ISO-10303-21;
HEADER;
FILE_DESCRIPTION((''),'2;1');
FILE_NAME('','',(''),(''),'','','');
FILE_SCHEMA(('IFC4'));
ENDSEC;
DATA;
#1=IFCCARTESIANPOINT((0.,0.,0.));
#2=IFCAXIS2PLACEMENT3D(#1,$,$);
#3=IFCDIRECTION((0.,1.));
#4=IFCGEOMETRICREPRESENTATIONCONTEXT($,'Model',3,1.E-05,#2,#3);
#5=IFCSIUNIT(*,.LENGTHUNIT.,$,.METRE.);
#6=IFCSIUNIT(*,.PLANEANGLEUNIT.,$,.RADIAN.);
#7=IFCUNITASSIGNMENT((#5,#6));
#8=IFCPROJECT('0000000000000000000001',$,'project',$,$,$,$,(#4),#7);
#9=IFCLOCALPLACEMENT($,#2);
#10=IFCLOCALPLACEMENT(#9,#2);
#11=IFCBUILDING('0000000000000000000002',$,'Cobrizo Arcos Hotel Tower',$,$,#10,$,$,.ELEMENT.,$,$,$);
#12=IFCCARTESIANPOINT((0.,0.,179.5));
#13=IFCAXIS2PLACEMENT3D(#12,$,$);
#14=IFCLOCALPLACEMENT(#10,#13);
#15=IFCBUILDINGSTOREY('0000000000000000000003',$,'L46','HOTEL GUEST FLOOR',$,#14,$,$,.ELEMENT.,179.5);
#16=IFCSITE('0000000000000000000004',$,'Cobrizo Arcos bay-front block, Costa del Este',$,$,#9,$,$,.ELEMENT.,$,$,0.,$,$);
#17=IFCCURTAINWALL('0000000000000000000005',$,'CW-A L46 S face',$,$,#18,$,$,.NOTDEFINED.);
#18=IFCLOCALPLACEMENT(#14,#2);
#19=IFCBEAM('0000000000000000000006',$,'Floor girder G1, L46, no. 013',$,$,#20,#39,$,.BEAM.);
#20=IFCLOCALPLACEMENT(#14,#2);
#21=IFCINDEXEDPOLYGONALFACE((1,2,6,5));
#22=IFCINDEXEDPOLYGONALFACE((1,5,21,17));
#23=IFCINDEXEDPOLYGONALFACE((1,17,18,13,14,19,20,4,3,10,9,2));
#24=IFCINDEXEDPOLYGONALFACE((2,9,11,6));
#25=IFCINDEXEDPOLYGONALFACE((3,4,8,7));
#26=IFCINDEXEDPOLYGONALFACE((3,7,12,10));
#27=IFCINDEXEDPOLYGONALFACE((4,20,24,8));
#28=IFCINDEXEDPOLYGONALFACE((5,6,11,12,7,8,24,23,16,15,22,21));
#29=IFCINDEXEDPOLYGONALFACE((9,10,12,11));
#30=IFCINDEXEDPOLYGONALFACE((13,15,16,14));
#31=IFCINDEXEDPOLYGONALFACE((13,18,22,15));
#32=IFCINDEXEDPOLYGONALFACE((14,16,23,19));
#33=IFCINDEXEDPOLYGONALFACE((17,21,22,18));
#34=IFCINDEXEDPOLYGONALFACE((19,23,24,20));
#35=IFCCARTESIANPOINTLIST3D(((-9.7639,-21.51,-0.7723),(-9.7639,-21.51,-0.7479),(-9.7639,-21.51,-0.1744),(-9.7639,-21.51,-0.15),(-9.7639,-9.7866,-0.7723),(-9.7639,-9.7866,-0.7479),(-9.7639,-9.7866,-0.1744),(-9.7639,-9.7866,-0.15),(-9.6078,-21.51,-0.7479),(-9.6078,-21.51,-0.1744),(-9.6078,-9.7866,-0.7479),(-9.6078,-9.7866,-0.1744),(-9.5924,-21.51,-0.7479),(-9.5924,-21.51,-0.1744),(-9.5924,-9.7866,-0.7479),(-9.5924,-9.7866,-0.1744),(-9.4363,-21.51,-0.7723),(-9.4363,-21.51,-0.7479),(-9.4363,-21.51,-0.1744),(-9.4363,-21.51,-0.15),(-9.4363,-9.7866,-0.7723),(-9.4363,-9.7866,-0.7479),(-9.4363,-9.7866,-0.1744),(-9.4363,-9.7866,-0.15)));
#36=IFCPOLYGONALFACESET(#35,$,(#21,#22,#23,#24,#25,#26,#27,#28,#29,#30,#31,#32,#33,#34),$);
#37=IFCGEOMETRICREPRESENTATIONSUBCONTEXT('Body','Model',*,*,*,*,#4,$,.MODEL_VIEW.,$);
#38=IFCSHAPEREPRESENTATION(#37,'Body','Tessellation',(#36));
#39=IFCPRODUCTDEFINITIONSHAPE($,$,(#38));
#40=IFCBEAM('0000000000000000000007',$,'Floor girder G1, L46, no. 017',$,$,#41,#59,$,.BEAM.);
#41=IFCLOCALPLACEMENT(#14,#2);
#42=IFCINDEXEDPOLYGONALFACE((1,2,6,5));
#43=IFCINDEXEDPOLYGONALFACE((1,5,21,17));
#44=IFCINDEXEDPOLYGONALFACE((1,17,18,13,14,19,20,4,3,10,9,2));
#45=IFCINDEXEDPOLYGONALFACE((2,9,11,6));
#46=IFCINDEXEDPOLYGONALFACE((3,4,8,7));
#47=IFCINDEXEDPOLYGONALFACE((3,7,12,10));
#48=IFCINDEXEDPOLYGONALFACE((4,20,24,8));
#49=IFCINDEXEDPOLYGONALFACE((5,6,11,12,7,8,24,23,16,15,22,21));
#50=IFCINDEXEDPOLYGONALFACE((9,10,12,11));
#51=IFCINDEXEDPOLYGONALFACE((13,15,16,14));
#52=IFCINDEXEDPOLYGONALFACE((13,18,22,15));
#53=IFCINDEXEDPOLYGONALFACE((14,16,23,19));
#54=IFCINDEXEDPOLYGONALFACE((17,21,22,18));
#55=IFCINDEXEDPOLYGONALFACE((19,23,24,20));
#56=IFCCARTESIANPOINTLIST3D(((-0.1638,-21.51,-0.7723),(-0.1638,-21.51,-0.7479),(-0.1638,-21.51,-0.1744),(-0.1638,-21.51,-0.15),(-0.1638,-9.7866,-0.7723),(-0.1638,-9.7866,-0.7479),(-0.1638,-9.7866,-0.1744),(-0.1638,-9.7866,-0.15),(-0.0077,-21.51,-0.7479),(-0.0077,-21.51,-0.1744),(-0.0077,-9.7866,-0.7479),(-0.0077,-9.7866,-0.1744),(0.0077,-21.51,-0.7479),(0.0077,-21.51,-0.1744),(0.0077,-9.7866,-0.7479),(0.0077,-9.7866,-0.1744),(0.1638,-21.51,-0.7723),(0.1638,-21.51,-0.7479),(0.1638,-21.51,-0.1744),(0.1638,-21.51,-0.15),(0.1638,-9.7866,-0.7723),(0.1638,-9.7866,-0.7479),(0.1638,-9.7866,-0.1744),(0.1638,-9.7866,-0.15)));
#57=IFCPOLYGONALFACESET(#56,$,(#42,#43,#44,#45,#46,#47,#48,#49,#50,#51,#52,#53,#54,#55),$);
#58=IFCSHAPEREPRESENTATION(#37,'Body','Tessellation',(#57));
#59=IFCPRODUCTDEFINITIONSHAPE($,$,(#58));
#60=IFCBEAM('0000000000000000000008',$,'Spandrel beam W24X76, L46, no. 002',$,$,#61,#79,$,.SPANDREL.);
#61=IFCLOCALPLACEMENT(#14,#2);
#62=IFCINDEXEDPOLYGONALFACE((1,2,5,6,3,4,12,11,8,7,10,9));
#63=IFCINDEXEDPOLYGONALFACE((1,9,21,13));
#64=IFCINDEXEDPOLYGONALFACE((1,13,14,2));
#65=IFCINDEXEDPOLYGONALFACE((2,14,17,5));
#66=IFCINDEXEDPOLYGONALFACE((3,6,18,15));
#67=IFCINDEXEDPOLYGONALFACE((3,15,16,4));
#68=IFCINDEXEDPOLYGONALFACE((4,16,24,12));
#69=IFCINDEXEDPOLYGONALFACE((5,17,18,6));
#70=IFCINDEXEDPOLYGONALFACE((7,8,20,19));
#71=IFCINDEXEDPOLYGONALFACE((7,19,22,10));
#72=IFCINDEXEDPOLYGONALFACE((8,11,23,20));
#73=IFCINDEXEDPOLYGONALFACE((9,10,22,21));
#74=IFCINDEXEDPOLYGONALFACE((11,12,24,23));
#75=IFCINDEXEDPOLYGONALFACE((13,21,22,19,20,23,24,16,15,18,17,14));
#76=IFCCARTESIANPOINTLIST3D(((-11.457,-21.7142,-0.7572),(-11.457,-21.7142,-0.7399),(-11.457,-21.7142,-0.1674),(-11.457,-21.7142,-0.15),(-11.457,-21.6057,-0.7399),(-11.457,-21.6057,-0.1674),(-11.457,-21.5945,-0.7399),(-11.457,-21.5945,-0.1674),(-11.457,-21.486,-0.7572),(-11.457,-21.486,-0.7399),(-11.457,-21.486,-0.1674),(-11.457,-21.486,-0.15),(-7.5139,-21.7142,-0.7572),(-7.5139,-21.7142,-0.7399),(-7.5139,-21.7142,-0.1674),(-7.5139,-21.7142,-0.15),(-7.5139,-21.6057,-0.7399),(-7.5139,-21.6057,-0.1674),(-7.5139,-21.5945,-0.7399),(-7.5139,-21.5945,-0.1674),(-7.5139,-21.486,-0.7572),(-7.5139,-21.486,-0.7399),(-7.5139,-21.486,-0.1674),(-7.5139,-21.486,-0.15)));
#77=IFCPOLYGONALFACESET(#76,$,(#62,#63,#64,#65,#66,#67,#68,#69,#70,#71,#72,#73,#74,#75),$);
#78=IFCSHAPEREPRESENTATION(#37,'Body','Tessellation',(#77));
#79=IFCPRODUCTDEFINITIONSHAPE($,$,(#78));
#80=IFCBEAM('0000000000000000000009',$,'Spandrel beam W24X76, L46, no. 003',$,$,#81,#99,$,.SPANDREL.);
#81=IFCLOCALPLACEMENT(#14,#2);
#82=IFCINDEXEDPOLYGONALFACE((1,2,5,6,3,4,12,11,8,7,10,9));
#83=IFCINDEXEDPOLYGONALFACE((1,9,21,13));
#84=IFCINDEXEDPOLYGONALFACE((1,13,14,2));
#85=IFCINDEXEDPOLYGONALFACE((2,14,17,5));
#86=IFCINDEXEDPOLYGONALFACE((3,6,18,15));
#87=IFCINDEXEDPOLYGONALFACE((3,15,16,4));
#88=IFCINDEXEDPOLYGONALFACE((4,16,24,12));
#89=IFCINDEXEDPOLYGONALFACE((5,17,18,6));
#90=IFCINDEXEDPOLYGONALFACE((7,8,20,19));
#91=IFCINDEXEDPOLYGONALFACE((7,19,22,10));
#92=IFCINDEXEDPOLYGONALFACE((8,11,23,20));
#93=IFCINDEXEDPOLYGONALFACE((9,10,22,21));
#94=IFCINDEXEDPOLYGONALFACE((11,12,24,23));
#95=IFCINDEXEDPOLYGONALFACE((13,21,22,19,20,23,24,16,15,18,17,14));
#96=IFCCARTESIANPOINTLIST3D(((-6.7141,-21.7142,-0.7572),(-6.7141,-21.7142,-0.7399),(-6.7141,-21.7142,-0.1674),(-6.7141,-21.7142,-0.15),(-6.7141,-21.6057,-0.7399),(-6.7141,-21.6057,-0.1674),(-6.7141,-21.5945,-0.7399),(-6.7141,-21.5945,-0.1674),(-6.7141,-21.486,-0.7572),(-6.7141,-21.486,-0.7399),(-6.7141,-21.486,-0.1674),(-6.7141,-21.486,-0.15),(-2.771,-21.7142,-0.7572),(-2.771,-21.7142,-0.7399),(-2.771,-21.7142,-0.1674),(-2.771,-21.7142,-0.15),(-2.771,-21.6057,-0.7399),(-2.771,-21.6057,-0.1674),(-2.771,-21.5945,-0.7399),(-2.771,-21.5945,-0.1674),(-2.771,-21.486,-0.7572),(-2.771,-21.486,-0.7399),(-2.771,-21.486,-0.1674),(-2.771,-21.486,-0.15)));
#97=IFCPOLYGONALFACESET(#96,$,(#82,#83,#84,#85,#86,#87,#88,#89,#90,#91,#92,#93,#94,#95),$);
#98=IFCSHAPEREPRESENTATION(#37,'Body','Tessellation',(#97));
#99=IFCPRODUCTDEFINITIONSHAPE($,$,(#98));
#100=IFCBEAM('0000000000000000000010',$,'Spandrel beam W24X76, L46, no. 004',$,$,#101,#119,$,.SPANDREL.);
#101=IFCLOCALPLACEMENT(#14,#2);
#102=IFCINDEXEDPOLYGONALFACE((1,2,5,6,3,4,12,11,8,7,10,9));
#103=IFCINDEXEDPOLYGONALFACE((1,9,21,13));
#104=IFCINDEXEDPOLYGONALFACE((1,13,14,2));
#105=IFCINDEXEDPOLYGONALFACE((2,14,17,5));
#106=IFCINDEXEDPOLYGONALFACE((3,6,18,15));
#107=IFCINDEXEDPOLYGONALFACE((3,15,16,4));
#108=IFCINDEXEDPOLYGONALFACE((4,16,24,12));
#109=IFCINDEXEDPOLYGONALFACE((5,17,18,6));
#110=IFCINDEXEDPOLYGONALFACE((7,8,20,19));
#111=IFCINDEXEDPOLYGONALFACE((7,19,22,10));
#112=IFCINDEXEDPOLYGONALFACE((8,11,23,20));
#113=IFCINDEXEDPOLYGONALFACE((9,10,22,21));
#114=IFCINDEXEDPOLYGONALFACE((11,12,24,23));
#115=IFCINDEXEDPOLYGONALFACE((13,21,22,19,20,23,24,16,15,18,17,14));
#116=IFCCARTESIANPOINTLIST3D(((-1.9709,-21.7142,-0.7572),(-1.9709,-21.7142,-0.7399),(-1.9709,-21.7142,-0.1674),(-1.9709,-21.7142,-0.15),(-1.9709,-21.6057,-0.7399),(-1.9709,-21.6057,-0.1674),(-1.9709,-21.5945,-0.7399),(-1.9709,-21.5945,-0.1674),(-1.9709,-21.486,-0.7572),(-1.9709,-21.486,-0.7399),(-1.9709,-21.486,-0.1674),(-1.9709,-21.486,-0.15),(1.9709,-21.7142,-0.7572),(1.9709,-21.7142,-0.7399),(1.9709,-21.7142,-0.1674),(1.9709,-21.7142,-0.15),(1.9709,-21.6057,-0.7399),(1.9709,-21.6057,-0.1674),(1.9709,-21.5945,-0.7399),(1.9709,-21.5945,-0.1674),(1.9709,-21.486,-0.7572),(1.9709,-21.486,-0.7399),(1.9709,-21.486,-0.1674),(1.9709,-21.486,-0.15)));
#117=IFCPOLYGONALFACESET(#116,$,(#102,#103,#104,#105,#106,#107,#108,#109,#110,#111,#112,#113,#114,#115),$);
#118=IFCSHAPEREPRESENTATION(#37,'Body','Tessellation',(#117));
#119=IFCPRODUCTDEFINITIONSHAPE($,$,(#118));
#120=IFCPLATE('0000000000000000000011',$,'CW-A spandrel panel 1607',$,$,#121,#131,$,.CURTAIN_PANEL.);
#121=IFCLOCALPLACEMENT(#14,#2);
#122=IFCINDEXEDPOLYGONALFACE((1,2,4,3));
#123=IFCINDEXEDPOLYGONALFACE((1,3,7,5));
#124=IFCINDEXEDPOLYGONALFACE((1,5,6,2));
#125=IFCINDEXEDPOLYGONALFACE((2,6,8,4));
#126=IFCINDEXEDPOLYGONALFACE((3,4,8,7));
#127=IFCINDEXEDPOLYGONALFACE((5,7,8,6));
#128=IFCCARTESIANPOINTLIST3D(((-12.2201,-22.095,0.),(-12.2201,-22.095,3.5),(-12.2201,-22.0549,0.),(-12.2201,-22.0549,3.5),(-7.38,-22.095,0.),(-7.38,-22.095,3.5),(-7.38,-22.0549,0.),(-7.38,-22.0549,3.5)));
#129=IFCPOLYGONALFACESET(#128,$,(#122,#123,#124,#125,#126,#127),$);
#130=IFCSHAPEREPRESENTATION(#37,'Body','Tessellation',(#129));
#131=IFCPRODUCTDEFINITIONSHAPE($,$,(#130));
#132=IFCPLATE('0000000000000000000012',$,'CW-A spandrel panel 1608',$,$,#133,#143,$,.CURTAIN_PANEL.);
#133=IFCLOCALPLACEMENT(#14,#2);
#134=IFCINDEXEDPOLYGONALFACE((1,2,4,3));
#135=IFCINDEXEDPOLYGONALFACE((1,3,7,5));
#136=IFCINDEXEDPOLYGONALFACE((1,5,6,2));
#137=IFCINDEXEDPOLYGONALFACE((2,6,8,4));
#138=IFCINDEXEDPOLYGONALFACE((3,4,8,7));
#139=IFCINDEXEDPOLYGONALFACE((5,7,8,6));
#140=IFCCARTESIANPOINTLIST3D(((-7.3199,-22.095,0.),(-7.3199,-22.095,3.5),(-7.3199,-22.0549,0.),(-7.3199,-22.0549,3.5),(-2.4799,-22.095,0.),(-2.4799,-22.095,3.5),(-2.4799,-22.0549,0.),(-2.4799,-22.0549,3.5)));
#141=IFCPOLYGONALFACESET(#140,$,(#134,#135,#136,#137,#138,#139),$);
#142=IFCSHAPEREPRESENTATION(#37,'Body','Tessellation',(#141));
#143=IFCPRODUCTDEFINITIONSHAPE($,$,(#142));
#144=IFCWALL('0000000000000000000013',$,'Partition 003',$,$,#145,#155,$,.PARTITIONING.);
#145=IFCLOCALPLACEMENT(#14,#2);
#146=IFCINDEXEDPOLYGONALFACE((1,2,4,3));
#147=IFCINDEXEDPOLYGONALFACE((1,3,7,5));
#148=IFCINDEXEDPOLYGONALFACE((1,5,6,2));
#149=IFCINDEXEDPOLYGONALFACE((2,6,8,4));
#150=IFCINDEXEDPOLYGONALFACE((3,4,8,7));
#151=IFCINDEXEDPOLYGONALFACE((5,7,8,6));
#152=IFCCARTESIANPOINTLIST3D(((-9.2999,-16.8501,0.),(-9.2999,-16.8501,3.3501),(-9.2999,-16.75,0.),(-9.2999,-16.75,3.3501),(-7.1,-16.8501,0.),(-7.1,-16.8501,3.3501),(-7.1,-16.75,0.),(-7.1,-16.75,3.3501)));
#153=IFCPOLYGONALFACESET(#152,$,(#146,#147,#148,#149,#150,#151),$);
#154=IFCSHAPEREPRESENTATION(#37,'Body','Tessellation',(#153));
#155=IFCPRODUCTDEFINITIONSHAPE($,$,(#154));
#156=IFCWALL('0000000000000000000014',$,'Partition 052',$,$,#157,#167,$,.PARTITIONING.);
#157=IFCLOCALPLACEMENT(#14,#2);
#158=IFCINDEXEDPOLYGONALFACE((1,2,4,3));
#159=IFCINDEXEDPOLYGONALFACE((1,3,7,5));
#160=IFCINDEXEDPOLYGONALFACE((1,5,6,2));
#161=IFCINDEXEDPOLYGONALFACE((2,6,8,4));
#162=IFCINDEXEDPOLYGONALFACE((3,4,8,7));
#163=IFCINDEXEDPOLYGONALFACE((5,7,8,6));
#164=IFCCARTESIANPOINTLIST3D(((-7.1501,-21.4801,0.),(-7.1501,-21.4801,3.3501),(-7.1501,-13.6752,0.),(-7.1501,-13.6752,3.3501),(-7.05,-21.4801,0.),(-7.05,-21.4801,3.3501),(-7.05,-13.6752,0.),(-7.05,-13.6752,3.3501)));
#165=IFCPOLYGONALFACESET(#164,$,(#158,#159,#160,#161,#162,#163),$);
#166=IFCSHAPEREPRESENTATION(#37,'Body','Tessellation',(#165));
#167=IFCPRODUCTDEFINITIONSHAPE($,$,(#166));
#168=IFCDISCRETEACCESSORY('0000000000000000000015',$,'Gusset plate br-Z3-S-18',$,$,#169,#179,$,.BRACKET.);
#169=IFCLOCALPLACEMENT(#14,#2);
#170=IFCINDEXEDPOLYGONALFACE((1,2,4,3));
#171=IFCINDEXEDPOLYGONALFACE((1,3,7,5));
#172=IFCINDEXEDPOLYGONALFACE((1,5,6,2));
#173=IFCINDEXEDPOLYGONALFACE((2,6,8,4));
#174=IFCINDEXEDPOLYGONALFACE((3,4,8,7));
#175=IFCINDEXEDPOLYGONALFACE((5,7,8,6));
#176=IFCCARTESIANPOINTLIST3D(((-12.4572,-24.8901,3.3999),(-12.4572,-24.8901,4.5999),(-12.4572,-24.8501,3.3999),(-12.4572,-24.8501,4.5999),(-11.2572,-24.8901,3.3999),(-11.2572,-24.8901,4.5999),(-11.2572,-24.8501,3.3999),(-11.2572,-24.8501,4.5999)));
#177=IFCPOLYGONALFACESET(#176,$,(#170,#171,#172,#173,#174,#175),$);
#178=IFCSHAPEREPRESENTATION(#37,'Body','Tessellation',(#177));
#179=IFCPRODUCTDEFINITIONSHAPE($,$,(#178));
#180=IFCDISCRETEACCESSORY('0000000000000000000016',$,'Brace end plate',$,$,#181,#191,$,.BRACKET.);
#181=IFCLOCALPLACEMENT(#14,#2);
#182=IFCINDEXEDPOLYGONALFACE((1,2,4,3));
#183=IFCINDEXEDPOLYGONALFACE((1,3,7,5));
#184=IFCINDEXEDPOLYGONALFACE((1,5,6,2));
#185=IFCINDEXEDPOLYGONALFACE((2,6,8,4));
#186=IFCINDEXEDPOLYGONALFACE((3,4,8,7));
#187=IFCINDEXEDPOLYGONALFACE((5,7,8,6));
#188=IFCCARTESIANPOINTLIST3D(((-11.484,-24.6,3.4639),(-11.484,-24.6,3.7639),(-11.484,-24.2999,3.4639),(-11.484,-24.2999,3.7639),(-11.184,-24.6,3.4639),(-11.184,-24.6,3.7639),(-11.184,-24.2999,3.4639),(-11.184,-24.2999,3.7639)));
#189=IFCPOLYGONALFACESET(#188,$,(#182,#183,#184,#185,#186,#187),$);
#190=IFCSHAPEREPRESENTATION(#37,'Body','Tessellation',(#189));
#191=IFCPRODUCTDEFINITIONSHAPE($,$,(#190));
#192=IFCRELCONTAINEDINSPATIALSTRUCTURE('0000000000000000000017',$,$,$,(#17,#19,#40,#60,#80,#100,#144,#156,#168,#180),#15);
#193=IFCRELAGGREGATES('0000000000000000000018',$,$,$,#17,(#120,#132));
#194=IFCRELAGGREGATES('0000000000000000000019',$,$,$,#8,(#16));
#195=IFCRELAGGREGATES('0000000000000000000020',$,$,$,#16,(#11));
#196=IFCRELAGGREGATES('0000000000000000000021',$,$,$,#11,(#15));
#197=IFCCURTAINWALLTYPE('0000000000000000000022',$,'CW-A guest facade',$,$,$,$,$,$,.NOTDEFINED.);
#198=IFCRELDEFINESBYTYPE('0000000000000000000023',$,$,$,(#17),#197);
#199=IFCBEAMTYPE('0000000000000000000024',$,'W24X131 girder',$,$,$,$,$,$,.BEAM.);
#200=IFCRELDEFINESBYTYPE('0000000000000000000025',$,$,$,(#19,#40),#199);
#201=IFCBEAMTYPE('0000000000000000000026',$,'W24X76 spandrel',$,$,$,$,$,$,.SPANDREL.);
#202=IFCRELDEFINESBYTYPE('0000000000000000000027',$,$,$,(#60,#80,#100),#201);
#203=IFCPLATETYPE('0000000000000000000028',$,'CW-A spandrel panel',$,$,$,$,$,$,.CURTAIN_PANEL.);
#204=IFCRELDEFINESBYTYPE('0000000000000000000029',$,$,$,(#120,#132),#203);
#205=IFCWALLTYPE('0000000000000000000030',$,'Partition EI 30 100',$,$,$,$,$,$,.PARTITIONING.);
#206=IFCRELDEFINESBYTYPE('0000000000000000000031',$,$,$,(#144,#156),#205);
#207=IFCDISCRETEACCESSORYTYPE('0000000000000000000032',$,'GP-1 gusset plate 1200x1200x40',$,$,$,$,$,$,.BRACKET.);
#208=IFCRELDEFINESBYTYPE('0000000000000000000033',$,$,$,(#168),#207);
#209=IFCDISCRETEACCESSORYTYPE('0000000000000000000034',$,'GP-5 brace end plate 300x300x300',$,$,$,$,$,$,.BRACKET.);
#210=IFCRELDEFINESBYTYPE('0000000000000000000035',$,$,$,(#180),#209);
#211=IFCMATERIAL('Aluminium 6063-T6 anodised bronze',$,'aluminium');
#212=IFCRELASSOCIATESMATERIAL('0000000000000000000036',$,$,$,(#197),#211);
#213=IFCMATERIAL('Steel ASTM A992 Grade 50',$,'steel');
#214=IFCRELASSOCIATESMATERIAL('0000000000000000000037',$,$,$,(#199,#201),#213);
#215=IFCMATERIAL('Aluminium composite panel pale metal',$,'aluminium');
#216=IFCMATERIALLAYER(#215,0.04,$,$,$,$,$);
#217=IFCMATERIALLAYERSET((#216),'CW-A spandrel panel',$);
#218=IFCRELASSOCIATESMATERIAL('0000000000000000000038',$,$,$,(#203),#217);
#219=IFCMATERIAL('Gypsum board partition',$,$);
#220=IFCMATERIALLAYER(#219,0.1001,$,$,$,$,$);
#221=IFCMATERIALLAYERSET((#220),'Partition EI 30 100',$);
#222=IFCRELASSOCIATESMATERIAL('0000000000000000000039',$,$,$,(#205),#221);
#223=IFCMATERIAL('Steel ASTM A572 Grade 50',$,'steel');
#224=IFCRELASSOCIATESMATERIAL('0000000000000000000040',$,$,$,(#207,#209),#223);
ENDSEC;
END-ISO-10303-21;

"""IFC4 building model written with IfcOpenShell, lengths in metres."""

from ifc_helpers import new_model, si_unit, direction, frame, frame_2d, origin, origin_2d, place, context, subcontext, project, spatial, rectangle, i_section, extrude, material, layer, layer_set, material_profile, profile_set, type_object, element, aggregate, save


model = new_model("IFC4")

# Units and contexts
model_context = context("Model", 3, precision=1e-05, world=origin(), true_north=direction((0.0, 1.0)))
body_context = subcontext(model_context, "Body", "Model", "MODEL_VIEW")
ifc_project = project(units=[si_unit("LENGTHUNIT", "METRE"), si_unit("PLANEANGLEUNIT", "RADIAN")], contexts=[model_context])

# Site, building, storey
site_placement = place(None, origin())
site = spatial("IfcSite", under=ifc_project, at=site_placement, Name="Cobrizo Arcos bay-front block, Costa del Este", CompositionType="ELEMENT", RefElevation=0.0)
building_placement = place(site_placement, origin())
building = spatial("IfcBuilding", under=site, at=building_placement, Name="Cobrizo Arcos Hotel Tower", CompositionType="ELEMENT")
storey_placement = place(building_placement, frame((0.0, 0.0, 179.5)))
storey = spatial("IfcBuildingStorey", under=building, at=storey_placement, Name="L46", Description="HOTEL GUEST FLOOR", CompositionType="ELEMENT", Elevation=179.5)

# Shared definitions
ifc_material_1 = material(Name="Steel ASTM A572 Grade 50", Category="steel")

# Curtain wall
ifc_material_2 = material(Name="Aluminium 6063-T6 anodised bronze", Category="aluminium")
curtain_wall_type = type_object("IfcCurtainWallType", Name="CW-A guest facade", PredefinedType="NOTDEFINED", material=ifc_material_2)
curtain_wall_placement = place(storey_placement, origin())
curtain_wall = element("IfcCurtainWall", 1, at=curtain_wall_placement, inside=storey, type_object=curtain_wall_type, Name="CW-A L46 S face", PredefinedType="NOTDEFINED")

# Beams
ifc_material_3 = material(Name="Steel ASTM A992 Grade 50", Category="steel")
ifc_material_profile_1 = material_profile(ifc_material_3, i_section(OverallWidth=0.3276, OverallDepth=0.6223, WebThickness=0.0154, FlangeThickness=0.0244, at=origin_2d()), Name="W24X131")
ifc_profile_set_1 = profile_set([ifc_material_profile_1], Name="Steel ASTM A992 Grade 50")
beam_type_1 = type_object("IfcBeamType", Name="W24X131 girder", PredefinedType="BEAM", material=ifc_profile_set_1)
for number, where, z_axis, x_axis, name in (
    (2, (-9.6001, -21.51, -0.4612), (0.0, 1.0, 0.0), (-1.0, 0.0, 0.0), "Floor girder G1, L46, no. 013"),
    (3, (0.0, -21.51, -0.4612), (0.0, 1.0, 0.0), (-1.0, 0.0, 0.0), "Floor girder G1, L46, no. 017"),
):
    element("IfcBeam", number, at=place(storey_placement, frame(where, z_axis=z_axis, x_axis=x_axis)), inside=storey, type_object=beam_type_1, Name=name, PredefinedType="BEAM", context=body_context, shape_type="SweptSolid", body=[
        extrude(i_section(OverallWidth=0.3276, OverallDepth=0.6223, WebThickness=0.0154, FlangeThickness=0.0244, at=origin_2d()), origin(), (0.0, 0.0, 1.0), 11.7234),
    ])
ifc_material_profile_2 = material_profile(ifc_material_3, i_section(OverallWidth=0.2283, OverallDepth=0.6072, WebThickness=0.0112, FlangeThickness=0.0173, at=origin_2d()), Name="W24X76")
ifc_profile_set_2 = profile_set([ifc_material_profile_2], Name="Steel ASTM A992 Grade 50")
beam_type_2 = type_object("IfcBeamType", Name="W24X76 spandrel", PredefinedType="SPANDREL", material=ifc_profile_set_2)
for number, where, z_axis, x_axis, name in (
    (4, (-11.457, -21.6001, -0.4536), (1.0, 0.0, 0.0), (0.0, 1.0, 0.0), "Spandrel beam W24X76, L46, no. 002"),
    (5, (-6.7141, -21.6001, -0.4536), (1.0, 0.0, 0.0), (0.0, 1.0, 0.0), "Spandrel beam W24X76, L46, no. 003"),
):
    element("IfcBeam", number, at=place(storey_placement, frame(where, z_axis=z_axis, x_axis=x_axis)), inside=storey, type_object=beam_type_2, Name=name, PredefinedType="SPANDREL", context=body_context, shape_type="SweptSolid", body=[
        extrude(i_section(OverallWidth=0.2283, OverallDepth=0.6072, WebThickness=0.0112, FlangeThickness=0.0173, at=origin_2d()), origin(), (0.0, 0.0, 1.0), 3.9431),
    ])
beam_1_placement = place(storey_placement, frame((-1.9709, -21.6001, -0.4536), z_axis=(1.0, 0.0, 0.0), x_axis=(0.0, 1.0, 0.0)))
element("IfcBeam", 6, at=beam_1_placement, inside=storey, type_object=beam_type_2, Name="Spandrel beam W24X76, L46, no. 004", PredefinedType="SPANDREL", context=body_context, shape_type="SweptSolid", body=[
    extrude(i_section(OverallWidth=0.2283, OverallDepth=0.6072, WebThickness=0.0112, FlangeThickness=0.0173, at=origin_2d()), origin(), (0.0, 0.0, 1.0), 3.9419),
])

# Plates
ifc_material_4 = material(Name="Aluminium composite panel pale metal", Category="aluminium")
ifc_layer_1 = layer(ifc_material_4, 0.04)
ifc_layer_set_1 = layer_set([ifc_layer_1], Name="CW-A spandrel panel")
plate_type = type_object("IfcPlateType", Name="CW-A spandrel panel", PredefinedType="CURTAIN_PANEL", material=ifc_layer_set_1)
plate_1_placement = place(storey_placement, frame((-9.8, -22.075, 0.0), z_axis=(0.0, 0.0, 1.0), x_axis=(1.0, 0.0, 0.0)))
plate_1 = element("IfcPlate", 7, at=plate_1_placement, type_object=plate_type, Name="CW-A spandrel panel 1607", PredefinedType="CURTAIN_PANEL", context=body_context, shape_type="SweptSolid", body=[
    extrude(rectangle(XDim=4.8401, YDim=0.04, at=origin_2d()), origin(), (0.0, 0.0, 1.0), 3.5),
])
plate_2_placement = place(storey_placement, frame((-4.8999, -22.075, 0.0), z_axis=(0.0, 0.0, 1.0), x_axis=(1.0, 0.0, 0.0)))
plate_2 = element("IfcPlate", 8, at=plate_2_placement, type_object=plate_type, Name="CW-A spandrel panel 1608", PredefinedType="CURTAIN_PANEL", context=body_context, shape_type="SweptSolid", body=[
    extrude(rectangle(XDim=4.8401, YDim=0.04, at=origin_2d()), origin(), (0.0, 0.0, 1.0), 3.5),
])
aggregate(curtain_wall, [plate_1, plate_2])

# Walls
ifc_material_5 = material(Name="Gypsum board partition")
ifc_layer_2 = layer(ifc_material_5, 0.1001)
ifc_layer_set_2 = layer_set([ifc_layer_2], Name="Partition EI 30 100")
wall_type = type_object("IfcWallType", Name="Partition EI 30 100", PredefinedType="PARTITIONING", material=ifc_layer_set_2)
wall_1_placement = place(storey_placement, frame((-9.3, -16.8, 0.0), z_axis=(0.0, 0.0, 1.0), x_axis=(1.0, 0.0, 0.0)))
element("IfcWall", 9, at=wall_1_placement, inside=storey, type_object=wall_type, Name="Partition 003", PredefinedType="PARTITIONING", context=body_context, shape_type="SweptSolid", body=[
    extrude(rectangle(XDim=2.2, YDim=0.1001, at=frame_2d((1.1001, 0.0))), origin(), (0.0, 0.0, 1.0), 3.3501),
])
wall_2_placement = place(storey_placement, frame((-7.1001, -21.48, 0.0), z_axis=(0.0, 0.0, 1.0), x_axis=(0.0, 1.0, 0.0)))
element("IfcWall", 10, at=wall_2_placement, inside=storey, type_object=wall_type, Name="Partition 052", PredefinedType="PARTITIONING", context=body_context, shape_type="SweptSolid", body=[
    extrude(rectangle(XDim=7.8049, YDim=0.1001, at=frame_2d((3.9023, 0.0))), origin(), (0.0, 0.0, 1.0), 3.3501),
])

# Discrete accessories
discrete_accessory_type_1 = type_object("IfcDiscreteAccessoryType", Name="GP-1 gusset plate 1200x1200x40", PredefinedType="BRACKET", material=ifc_material_1)
discrete_accessory_placement = place(storey_placement, frame((-11.8572, -24.8701, 3.3999), z_axis=(0.0, 0.0, 1.0), x_axis=(1.0, 0.0, 0.0)))
element("IfcDiscreteAccessory", 11, at=discrete_accessory_placement, inside=storey, type_object=discrete_accessory_type_1, Name="Gusset plate br-Z3-S-18", PredefinedType="BRACKET", context=body_context, shape_type="SweptSolid", body=[
    extrude(rectangle(XDim=1.2, YDim=0.04, at=origin_2d()), origin(), (0.0, 0.0, 1.0), 1.2),
])
discrete_accessory_type_2 = type_object("IfcDiscreteAccessoryType", Name="GP-5 brace end plate 300x300x300", PredefinedType="BRACKET", material=ifc_material_1)
for number, where, z_axis, x_axis, name in (
    (12, (-11.334, -24.45, 3.4639), (0.0, 0.0, 1.0), (1.0, 0.0, 0.0), "Brace end plate"),
):
    element("IfcDiscreteAccessory", number, at=place(storey_placement, frame(where, z_axis=z_axis, x_axis=x_axis)), inside=storey, type_object=discrete_accessory_type_2, Name=name, PredefinedType="BRACKET", context=body_context, shape_type="SweptSolid", body=[
        extrude(rectangle(XDim=0.3, YDim=0.3, at=origin_2d()), origin(), (0.0, 0.0, 1.0), 0.3),
    ])

save(model, "model.ifc")
